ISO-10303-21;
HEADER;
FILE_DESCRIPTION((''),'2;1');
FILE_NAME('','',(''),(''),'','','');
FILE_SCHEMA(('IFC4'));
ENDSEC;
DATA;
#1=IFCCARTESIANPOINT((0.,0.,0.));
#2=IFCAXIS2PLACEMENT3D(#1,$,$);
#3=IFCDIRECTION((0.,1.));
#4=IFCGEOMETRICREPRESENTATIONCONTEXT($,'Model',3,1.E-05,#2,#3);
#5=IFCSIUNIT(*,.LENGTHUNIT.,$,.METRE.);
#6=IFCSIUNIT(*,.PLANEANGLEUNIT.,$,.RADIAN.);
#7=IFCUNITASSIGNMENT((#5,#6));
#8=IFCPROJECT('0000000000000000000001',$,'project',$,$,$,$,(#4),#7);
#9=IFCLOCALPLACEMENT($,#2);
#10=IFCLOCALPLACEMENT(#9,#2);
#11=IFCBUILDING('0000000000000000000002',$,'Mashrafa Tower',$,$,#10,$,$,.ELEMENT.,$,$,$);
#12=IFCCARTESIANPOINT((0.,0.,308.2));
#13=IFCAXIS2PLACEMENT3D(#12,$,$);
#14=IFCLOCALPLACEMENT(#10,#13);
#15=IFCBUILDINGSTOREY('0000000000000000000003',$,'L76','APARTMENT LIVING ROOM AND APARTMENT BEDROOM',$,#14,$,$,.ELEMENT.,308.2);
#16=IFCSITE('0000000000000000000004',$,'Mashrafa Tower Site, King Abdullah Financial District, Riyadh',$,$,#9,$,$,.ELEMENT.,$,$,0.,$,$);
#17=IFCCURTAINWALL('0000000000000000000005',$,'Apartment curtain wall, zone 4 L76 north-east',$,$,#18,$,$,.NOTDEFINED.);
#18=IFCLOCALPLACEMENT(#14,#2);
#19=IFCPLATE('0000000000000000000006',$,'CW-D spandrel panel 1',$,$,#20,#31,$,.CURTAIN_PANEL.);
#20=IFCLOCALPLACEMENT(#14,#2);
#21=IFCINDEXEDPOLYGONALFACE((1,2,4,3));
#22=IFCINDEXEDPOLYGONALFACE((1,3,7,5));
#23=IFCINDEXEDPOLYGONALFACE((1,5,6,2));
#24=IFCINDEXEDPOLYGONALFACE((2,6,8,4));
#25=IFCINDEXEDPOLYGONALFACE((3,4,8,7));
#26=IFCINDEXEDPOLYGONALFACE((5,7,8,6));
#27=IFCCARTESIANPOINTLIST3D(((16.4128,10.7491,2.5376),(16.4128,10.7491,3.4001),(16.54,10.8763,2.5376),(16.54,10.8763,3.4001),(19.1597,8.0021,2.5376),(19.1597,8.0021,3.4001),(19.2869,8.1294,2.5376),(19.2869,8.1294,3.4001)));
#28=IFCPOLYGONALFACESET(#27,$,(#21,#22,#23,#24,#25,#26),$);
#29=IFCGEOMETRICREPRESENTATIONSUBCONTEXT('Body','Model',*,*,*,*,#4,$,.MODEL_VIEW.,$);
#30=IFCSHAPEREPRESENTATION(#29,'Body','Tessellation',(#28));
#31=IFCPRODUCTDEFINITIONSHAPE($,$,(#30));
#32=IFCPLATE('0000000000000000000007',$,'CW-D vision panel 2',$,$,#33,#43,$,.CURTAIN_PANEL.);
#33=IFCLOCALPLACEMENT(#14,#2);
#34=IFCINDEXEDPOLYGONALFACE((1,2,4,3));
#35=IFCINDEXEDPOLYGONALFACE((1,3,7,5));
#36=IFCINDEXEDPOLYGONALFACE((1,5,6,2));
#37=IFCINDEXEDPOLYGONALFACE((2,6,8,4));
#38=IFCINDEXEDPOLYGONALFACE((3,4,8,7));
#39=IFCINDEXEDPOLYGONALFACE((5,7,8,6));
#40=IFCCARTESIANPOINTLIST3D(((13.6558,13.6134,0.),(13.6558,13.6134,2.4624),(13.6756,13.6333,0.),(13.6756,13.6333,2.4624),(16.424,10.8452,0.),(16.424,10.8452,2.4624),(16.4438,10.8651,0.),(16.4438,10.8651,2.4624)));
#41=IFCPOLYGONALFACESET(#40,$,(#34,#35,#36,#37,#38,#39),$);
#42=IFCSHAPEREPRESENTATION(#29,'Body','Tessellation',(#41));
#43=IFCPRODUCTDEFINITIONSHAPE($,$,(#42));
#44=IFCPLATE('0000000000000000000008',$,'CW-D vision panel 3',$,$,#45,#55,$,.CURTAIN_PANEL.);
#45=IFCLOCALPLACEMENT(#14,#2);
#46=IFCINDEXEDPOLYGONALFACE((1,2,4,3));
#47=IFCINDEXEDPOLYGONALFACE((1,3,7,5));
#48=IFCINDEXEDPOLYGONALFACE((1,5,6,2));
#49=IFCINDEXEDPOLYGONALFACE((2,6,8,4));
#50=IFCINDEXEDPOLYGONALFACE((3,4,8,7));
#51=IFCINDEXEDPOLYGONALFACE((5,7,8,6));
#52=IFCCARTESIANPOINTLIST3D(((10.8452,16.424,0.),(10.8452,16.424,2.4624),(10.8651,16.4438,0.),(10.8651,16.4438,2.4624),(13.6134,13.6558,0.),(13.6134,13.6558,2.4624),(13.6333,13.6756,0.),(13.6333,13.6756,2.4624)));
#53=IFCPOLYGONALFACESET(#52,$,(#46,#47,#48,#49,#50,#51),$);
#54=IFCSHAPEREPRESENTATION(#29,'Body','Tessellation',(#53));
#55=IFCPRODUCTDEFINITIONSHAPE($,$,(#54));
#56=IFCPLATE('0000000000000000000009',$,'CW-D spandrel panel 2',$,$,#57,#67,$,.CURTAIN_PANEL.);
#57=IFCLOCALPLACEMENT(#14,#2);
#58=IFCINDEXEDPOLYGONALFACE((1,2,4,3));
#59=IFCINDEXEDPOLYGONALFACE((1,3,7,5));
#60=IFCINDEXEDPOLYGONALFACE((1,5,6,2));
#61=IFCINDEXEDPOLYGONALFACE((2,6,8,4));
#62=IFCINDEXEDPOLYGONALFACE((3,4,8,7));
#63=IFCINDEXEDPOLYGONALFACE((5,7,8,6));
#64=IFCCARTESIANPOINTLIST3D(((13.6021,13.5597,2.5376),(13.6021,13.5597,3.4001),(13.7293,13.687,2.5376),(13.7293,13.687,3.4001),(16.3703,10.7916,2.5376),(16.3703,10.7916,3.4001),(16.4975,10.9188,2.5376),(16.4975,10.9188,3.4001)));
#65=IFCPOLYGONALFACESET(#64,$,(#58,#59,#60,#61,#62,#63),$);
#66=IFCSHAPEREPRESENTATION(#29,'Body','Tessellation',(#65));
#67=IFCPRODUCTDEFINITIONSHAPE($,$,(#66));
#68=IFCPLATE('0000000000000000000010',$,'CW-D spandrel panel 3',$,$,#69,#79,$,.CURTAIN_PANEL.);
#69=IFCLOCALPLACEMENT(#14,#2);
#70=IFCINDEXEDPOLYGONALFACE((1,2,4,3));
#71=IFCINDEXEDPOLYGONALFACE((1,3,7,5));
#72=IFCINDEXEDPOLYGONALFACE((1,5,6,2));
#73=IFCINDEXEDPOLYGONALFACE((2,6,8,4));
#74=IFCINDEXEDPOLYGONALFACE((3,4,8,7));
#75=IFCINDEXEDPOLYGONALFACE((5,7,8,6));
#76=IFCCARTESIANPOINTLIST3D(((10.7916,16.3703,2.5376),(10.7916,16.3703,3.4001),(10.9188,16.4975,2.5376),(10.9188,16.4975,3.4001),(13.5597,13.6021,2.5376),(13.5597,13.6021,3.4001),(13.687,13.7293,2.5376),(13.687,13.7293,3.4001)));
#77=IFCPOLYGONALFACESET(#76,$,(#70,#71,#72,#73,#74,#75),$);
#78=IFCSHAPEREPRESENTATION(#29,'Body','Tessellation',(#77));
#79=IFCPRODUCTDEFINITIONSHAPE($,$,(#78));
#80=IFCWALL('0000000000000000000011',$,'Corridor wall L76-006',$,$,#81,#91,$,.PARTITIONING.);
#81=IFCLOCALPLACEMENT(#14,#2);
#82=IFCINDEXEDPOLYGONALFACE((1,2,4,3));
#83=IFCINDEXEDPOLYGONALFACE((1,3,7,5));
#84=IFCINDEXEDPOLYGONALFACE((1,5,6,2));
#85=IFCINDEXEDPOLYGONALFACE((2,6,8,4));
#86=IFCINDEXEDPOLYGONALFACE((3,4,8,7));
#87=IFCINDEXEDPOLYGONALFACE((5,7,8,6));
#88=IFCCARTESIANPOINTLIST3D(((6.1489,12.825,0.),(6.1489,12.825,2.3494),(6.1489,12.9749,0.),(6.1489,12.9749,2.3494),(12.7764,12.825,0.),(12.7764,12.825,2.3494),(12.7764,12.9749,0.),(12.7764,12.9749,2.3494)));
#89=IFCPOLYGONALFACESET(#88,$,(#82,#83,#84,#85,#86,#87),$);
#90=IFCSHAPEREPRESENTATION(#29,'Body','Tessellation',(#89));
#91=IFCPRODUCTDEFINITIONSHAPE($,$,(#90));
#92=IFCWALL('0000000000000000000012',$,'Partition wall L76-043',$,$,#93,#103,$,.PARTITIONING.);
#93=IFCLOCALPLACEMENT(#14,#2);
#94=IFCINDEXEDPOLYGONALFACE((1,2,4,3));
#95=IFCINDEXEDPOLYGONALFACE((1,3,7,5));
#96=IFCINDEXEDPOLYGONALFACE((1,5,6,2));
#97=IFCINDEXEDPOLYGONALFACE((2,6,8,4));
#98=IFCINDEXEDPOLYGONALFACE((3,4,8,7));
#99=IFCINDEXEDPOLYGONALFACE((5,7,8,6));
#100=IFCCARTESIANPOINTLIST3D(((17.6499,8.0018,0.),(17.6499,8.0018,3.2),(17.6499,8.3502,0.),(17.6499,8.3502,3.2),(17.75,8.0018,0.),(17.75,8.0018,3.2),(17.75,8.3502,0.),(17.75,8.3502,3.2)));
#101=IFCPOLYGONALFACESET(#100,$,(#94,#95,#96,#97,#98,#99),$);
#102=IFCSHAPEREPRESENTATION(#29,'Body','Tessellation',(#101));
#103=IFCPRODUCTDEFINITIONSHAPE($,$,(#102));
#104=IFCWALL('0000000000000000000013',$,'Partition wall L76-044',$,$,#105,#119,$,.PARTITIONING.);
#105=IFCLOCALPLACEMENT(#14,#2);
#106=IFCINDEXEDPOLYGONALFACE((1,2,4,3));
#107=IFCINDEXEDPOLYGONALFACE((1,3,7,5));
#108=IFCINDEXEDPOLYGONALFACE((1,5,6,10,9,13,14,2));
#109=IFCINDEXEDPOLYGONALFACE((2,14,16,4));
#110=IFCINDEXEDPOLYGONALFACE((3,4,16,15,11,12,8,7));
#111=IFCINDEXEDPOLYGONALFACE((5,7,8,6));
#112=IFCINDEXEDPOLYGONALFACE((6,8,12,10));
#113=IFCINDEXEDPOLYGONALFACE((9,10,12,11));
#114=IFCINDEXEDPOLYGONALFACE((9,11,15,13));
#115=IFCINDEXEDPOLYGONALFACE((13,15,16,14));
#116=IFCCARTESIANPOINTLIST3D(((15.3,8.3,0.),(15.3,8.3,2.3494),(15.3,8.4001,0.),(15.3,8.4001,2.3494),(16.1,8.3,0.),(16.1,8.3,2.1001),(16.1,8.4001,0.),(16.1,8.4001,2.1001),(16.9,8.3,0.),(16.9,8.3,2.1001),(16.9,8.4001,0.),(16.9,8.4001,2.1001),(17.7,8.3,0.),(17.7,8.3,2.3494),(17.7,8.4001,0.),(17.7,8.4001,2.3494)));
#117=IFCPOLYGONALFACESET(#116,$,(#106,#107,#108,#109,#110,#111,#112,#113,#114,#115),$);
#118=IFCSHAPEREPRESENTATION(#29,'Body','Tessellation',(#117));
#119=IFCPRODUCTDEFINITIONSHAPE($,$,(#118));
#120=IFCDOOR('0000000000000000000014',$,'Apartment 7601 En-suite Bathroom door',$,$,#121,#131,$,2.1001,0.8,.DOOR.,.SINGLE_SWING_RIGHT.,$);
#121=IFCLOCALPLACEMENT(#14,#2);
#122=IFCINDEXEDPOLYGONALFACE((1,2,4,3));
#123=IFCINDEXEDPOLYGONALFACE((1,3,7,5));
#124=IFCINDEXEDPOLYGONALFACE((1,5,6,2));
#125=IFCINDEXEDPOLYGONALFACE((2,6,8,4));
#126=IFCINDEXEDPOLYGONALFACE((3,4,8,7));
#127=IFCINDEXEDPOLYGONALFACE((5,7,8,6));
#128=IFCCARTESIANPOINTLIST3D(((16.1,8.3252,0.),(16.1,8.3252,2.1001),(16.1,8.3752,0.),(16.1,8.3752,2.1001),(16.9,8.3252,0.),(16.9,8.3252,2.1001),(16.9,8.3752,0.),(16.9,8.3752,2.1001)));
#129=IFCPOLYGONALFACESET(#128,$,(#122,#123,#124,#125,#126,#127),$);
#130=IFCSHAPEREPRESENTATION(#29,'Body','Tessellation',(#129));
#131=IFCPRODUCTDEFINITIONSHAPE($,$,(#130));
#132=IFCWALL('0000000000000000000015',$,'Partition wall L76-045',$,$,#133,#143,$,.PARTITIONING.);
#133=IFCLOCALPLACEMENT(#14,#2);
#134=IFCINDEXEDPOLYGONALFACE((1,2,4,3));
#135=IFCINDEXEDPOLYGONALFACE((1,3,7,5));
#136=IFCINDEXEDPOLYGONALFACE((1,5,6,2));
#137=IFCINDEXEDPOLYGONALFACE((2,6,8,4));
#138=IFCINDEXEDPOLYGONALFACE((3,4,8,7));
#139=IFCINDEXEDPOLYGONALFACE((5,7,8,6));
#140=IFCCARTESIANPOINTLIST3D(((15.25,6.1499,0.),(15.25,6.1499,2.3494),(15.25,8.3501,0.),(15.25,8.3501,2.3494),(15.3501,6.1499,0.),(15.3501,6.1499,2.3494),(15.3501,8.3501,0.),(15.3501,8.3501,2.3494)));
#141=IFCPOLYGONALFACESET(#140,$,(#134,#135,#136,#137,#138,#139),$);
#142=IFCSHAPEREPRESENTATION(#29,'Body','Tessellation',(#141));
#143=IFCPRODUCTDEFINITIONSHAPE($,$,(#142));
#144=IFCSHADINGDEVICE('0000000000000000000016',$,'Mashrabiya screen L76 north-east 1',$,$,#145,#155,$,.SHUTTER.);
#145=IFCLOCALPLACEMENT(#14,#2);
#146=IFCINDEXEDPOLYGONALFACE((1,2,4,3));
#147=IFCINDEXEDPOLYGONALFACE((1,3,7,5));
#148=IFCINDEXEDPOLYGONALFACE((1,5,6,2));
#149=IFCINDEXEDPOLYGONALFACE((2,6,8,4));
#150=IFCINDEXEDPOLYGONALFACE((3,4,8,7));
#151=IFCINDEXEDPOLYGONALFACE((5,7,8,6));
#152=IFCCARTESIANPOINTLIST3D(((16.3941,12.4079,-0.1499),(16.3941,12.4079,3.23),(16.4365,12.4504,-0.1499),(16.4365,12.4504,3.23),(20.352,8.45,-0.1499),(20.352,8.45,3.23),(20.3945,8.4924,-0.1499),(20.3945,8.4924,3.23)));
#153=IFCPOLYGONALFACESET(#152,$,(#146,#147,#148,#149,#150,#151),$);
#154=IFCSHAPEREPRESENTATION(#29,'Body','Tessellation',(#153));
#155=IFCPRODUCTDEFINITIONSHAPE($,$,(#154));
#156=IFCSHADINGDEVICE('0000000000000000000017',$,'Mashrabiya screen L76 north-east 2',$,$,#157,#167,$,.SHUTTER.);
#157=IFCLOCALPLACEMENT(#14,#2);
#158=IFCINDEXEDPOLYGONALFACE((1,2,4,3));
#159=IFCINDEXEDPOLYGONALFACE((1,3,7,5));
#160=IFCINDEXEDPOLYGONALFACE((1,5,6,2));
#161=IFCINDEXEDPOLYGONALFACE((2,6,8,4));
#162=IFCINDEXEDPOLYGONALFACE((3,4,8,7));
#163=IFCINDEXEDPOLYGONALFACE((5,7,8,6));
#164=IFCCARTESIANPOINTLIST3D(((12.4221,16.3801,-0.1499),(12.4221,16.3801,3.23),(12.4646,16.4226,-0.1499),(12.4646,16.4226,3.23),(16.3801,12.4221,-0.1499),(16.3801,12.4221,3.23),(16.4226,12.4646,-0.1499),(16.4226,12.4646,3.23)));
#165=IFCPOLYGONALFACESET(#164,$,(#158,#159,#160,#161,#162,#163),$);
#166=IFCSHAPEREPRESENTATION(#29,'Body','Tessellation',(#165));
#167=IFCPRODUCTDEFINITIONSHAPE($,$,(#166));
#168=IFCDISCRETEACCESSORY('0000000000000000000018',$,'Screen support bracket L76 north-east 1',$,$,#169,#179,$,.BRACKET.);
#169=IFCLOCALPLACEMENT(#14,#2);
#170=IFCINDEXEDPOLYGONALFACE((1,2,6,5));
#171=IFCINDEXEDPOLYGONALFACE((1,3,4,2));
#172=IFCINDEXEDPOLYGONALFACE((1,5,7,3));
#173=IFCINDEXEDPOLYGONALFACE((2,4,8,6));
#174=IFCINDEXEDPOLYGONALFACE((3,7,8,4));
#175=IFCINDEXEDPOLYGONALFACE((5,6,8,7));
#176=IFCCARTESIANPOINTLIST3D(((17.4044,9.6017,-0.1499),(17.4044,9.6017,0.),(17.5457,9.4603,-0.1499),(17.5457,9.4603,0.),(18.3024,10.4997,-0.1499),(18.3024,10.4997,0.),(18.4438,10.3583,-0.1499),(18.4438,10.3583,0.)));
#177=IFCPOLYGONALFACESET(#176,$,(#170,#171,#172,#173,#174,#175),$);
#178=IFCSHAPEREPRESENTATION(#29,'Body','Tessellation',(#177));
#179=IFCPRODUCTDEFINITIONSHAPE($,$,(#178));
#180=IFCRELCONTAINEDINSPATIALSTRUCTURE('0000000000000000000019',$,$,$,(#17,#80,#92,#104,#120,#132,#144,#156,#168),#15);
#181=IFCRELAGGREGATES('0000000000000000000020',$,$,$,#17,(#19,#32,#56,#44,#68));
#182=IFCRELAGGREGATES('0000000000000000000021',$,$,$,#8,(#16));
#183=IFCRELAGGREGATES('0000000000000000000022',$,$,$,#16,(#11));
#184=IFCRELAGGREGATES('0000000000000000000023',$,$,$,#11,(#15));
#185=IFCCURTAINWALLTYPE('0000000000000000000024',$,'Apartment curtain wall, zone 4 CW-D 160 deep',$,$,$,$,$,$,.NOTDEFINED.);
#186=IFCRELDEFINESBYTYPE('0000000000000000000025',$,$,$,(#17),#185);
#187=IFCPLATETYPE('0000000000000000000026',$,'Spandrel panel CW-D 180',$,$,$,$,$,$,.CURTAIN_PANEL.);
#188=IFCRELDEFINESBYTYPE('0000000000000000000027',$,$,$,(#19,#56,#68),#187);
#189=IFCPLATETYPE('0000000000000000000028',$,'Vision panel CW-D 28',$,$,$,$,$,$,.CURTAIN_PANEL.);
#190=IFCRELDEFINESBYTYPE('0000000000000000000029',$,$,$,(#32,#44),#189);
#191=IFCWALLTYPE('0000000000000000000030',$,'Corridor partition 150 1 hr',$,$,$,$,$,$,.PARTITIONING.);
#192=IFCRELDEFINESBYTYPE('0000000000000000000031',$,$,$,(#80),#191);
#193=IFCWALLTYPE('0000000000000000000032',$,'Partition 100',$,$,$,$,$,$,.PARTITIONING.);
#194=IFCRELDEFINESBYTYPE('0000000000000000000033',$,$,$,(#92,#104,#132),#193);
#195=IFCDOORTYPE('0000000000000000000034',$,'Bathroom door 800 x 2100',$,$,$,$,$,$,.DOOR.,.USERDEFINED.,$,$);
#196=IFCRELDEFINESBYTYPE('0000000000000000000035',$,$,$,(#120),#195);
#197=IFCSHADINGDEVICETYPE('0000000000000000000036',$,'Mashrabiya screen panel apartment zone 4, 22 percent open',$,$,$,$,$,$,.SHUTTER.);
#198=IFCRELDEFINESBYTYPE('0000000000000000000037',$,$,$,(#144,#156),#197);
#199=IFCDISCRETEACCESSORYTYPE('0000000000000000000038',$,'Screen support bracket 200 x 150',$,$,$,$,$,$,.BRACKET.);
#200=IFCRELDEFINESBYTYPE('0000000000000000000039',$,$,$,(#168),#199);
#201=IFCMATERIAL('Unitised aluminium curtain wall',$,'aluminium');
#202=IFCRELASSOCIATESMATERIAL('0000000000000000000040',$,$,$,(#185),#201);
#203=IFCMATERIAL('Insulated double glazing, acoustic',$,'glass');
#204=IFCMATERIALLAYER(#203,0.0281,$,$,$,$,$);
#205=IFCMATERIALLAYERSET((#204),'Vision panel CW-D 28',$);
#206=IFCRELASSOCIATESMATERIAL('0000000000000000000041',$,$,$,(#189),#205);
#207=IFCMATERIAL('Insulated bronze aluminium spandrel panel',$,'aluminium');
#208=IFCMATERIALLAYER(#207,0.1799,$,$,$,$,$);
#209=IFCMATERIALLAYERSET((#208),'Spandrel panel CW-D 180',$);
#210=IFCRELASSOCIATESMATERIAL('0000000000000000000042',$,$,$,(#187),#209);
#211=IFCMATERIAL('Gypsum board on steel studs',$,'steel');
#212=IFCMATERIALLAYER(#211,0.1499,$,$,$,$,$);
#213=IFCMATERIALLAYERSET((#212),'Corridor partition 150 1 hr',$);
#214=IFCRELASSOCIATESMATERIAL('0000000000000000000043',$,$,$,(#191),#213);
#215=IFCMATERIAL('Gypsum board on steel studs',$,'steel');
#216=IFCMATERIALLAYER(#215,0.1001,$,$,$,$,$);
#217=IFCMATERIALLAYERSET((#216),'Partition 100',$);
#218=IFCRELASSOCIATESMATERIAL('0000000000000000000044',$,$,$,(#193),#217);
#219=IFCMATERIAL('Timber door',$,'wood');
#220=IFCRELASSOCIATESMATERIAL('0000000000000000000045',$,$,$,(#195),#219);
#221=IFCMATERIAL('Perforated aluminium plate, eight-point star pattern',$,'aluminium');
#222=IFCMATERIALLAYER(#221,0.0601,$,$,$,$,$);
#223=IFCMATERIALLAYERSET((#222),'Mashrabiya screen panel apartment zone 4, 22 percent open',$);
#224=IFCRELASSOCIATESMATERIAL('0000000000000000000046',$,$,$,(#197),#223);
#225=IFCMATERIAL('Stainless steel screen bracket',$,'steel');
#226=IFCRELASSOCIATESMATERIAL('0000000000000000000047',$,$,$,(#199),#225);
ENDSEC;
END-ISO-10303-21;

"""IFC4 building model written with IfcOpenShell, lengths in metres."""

from ifc_helpers import new_model, si_unit, direction, frame, frame_2d, origin, origin_2d, place, context, subcontext, project, spatial, rectangle, extrude, source, transform, mapped, material, layer, layer_set, type_object, type_shapes, element, fill, aggregate, save


model = new_model("IFC4")

# Units and contexts
model_context = context("Model", 3, precision=1e-05, world=origin(), true_north=direction((0.0, 1.0)))
body_context = subcontext(model_context, "Body", "Model", "MODEL_VIEW")
ifc_project = project(units=[si_unit("LENGTHUNIT", "METRE"), si_unit("PLANEANGLEUNIT", "RADIAN")], contexts=[model_context])

# Site, building, storey
site_placement = place(None, origin())
site = spatial("IfcSite", under=ifc_project, at=site_placement, Name="Mashrafa Tower Site, King Abdullah Financial District, Riyadh", CompositionType="ELEMENT", RefElevation=0.0)
building_placement = place(site_placement, origin())
building = spatial("IfcBuilding", under=site, at=building_placement, Name="Mashrafa Tower", CompositionType="ELEMENT")
storey_placement = place(building_placement, frame((0.0, 0.0, 308.2)))
storey = spatial("IfcBuildingStorey", under=building, at=storey_placement, Name="L76", Description="APARTMENT LIVING ROOM AND APARTMENT BEDROOM", CompositionType="ELEMENT", Elevation=308.2)

# Shared definitions
ifc_material_1 = material(Name="Unitised aluminium curtain wall", Category="aluminium")
curtain_wall_type = type_object("IfcCurtainWallType", Name="Apartment curtain wall, zone 4 CW-D 160 deep", PredefinedType="NOTDEFINED", material=ifc_material_1)

# Curtain wall, plates
curtain_wall_1_placement = place(storey_placement, origin())
curtain_wall_1 = element("IfcCurtainWall", 1, at=curtain_wall_1_placement, inside=storey, type_object=curtain_wall_type, Name="Apartment curtain wall, zone 4 L76 north-east", PredefinedType="NOTDEFINED")
ifc_material_2 = material(Name="Insulated double glazing, acoustic", Category="glass")
ifc_layer_1 = layer(ifc_material_2, 0.0281)
ifc_layer_set_1 = layer_set([ifc_layer_1], Name="Vision panel CW-D 28")
plate_type_1 = type_object("IfcPlateType", Name="Vision panel CW-D 28", PredefinedType="CURTAIN_PANEL", material=ifc_layer_set_1)
ifc_material_3 = material(Name="Insulated bronze aluminium spandrel panel", Category="aluminium")
ifc_layer_2 = layer(ifc_material_3, 0.1799)
ifc_layer_set_2 = layer_set([ifc_layer_2], Name="Spandrel panel CW-D 180")
plate_type_2 = type_object("IfcPlateType", Name="Spandrel panel CW-D 180", PredefinedType="CURTAIN_PANEL", material=ifc_layer_set_2)
shared_shape_1 = source(origin(), body_context, "Body", "SweptSolid", [
    extrude(rectangle(XDim=3.8848, YDim=0.1799, at=origin_2d()), origin(), (0.0, 0.0, 1.0), 0.8625),
])
plate_1_placement = place(storey_placement, frame((17.8499, 9.4392, 2.5376), z_axis=(0.0, 0.0, 1.0), x_axis=(-0.707107, 0.707107, 0.0)))
plate_1 = element("IfcPlate", 2, at=plate_1_placement, type_object=plate_type_2, Name="CW-D spandrel panel 1", PredefinedType="CURTAIN_PANEL", context=body_context, shape_type="MappedRepresentation", body=[
    mapped(shared_shape_1, transform((0.0, 0.0, 0.0))),
])
shared_shape_2 = source(origin(), body_context, "Body", "SweptSolid", [
    extrude(rectangle(XDim=3.9148, YDim=0.0281, at=origin_2d()), origin(), (0.0, 0.0, 1.0), 2.4624),
])
plate_2_placement = place(storey_placement, frame((15.0498, 12.2393, 0.0), z_axis=(0.0, 0.0, 1.0), x_axis=(-0.707107, 0.707107, 0.0)))
plate_2 = element("IfcPlate", 3, at=plate_2_placement, type_object=plate_type_1, Name="CW-D vision panel 2", PredefinedType="CURTAIN_PANEL", context=body_context, shape_type="MappedRepresentation", body=[
    mapped(shared_shape_2, transform((0.0, 0.0, 0.0))),
])
plate_3_placement = place(storey_placement, frame((12.2393, 15.0498, 0.0), z_axis=(0.0, 0.0, 1.0), x_axis=(-0.707107, 0.707107, 0.0)))
plate_3 = element("IfcPlate", 4, at=plate_3_placement, type_object=plate_type_1, Name="CW-D vision panel 3", PredefinedType="CURTAIN_PANEL", context=body_context, shape_type="MappedRepresentation", body=[
    mapped(shared_shape_2, transform((0.0, 0.0, 0.0))),
])
shared_shape_3 = source(origin(), body_context, "Body", "SweptSolid", [
    extrude(rectangle(XDim=3.9148, YDim=0.1799, at=origin_2d()), origin(), (0.0, 0.0, 1.0), 0.8625),
])
type_shapes(plate_type_2, [shared_shape_1, shared_shape_3])
plate_4_placement = place(storey_placement, frame((15.0498, 12.2393, 2.5376), z_axis=(0.0, 0.0, 1.0), x_axis=(-0.707107, 0.707107, 0.0)))
plate_4 = element("IfcPlate", 5, at=plate_4_placement, type_object=plate_type_2, Name="CW-D spandrel panel 2", PredefinedType="CURTAIN_PANEL", context=body_context, shape_type="MappedRepresentation", body=[
    mapped(shared_shape_3, transform((0.0, 0.0, 0.0))),
])
plate_5_placement = place(storey_placement, frame((12.2393, 15.0498, 2.5376), z_axis=(0.0, 0.0, 1.0), x_axis=(-0.707107, 0.707107, 0.0)))
plate_5 = element("IfcPlate", 6, at=plate_5_placement, type_object=plate_type_2, Name="CW-D spandrel panel 3", PredefinedType="CURTAIN_PANEL", context=body_context, shape_type="MappedRepresentation", body=[
    mapped(shared_shape_3, transform((0.0, 0.0, 0.0))),
])
aggregate(curtain_wall_1, [plate_1, plate_2, plate_4, plate_3, plate_5])

# Walls
ifc_material_4 = material(Name="Gypsum board on steel studs", Category="steel")
ifc_layer_3 = layer(ifc_material_4, 0.1499)
ifc_layer_set_3 = layer_set([ifc_layer_3], Name="Corridor partition 150 1 hr")
wall_type_1 = type_object("IfcWallType", Name="Corridor partition 150 1 hr", PredefinedType="PARTITIONING", material=ifc_layer_set_3)
wall_1_placement = place(storey_placement, frame((12.7764, 12.8999, 0.0), z_axis=(0.0, 0.0, 1.0), x_axis=(-1.0, 0.0, 0.0)))
element("IfcWall", 7, at=wall_1_placement, inside=storey, type_object=wall_type_1, Name="Corridor wall L76-006", PredefinedType="PARTITIONING", context=body_context, shape_type="SweptSolid", body=[
    extrude(rectangle(XDim=6.6274, YDim=0.1499, at=frame_2d((3.3137, 0.0))), origin(), (0.0, 0.0, 1.0), 2.3494),
])
ifc_material_5 = material(Name="Gypsum board on steel studs", Category="steel")
ifc_layer_4 = layer(ifc_material_5, 0.1001)
ifc_layer_set_4 = layer_set([ifc_layer_4], Name="Partition 100")
wall_type_2 = type_object("IfcWallType", Name="Partition 100", PredefinedType="PARTITIONING", material=ifc_layer_set_4)
wall_2_placement = place(storey_placement, frame((17.7, 8.0017, 0.0), z_axis=(0.0, 0.0, 1.0), x_axis=(0.0, 1.0, 0.0)))
element("IfcWall", 8, at=wall_2_placement, inside=storey, type_object=wall_type_2, Name="Partition wall L76-043", PredefinedType="PARTITIONING", context=body_context, shape_type="SweptSolid", body=[
    extrude(rectangle(XDim=0.3484, YDim=0.1001, at=frame_2d((0.1743, 0.0))), origin(), (0.0, 0.0, 1.0), 3.2),
])

# Wall, opening, door
wall_3_placement = place(storey_placement, frame((17.7, 8.3501, 0.0), z_axis=(0.0, 0.0, 1.0), x_axis=(-1.0, 0.0, 0.0)))
wall_3 = element("IfcWall", 9, at=wall_3_placement, inside=storey, type_object=wall_type_2, Name="Partition wall L76-044", PredefinedType="PARTITIONING", context=body_context, shape_type="SweptSolid", body=[
    extrude(rectangle(XDim=2.3999, YDim=0.1001, at=frame_2d((1.2, 0.0))), origin(), (0.0, 0.0, 1.0), 2.3494),
])
opening_placement = place(wall_3_placement, frame((0.8, 0.0, 0.0)))
opening = element("IfcOpeningElement", 10, at=opening_placement, cuts=wall_3, PredefinedType="OPENING", context=body_context, shape_type="SweptSolid", body=[
    extrude(rectangle(XDim=0.8, YDim=2.1001, at=frame_2d((0.3999, 1.05))), frame((0.0, 0.0601, 0.0), z_axis=(0.0, -1.0, 0.0), x_axis=(1.0, 0.0, 0.0)), (0.0, 0.0, 1.0), 0.1201),
])
ifc_material_6 = material(Name="Timber door", Category="wood")
door_type = type_object("IfcDoorType", Name="Bathroom door 800 x 2100", OperationType="USERDEFINED", PredefinedType="DOOR", material=ifc_material_6)
door_placement = place(opening_placement, origin())
door = element("IfcDoor", 11, at=door_placement, inside=storey, type_object=door_type, Name="Apartment 7601 En-suite Bathroom door", OperationType="SINGLE_SWING_RIGHT", OverallHeight=2.1001, OverallWidth=0.8, PredefinedType="DOOR", context=body_context, shape_type="SweptSolid", body=[
    extrude(rectangle(XDim=0.8, YDim=2.1001, at=frame_2d((0.3999, 1.05))), frame((0.0, 0.0249, 0.0), z_axis=(0.0, -1.0, 0.0), x_axis=(1.0, 0.0, 0.0)), (0.0, 0.0, 1.0), 0.05),
])
fill(opening, door)

# Wall
wall_4_placement = place(storey_placement, frame((15.3, 8.3501, 0.0), z_axis=(0.0, 0.0, 1.0), x_axis=(0.0, -1.0, 0.0)))
element("IfcWall", 12, at=wall_4_placement, inside=storey, type_object=wall_type_2, Name="Partition wall L76-045", PredefinedType="PARTITIONING", context=body_context, shape_type="SweptSolid", body=[
    extrude(rectangle(XDim=2.2002, YDim=0.1001, at=frame_2d((1.1001, 0.0))), origin(), (0.0, 0.0, 1.0), 2.3494),
])

# Shading devices
ifc_material_7 = material(Name="Perforated aluminium plate, eight-point star pattern", Category="aluminium")
ifc_layer_5 = layer(ifc_material_7, 0.0601)
ifc_layer_set_5 = layer_set([ifc_layer_5], Name="Mashrabiya screen panel apartment zone 4, 22 percent open")
shading_device_type = type_object("IfcShadingDeviceType", Name="Mashrabiya screen panel apartment zone 4, 22 percent open", PredefinedType="SHUTTER", material=ifc_layer_set_5)
shared_shape_4 = source(origin(), body_context, "Body", "SweptSolid", [
    extrude(rectangle(XDim=5.5974, YDim=0.0601, at=origin_2d()), origin(), (0.0, 0.0, 1.0), 3.3799),
])
type_shapes(shading_device_type, [shared_shape_4])
for number, where, z_axis, x_axis, name in (
    (13, (18.3943, 10.4502, -0.1499), (0.0, 0.0, 1.0), (-0.707107, 0.707107, 0.0), "Mashrabiya screen L76 north-east 1"),
    (14, (14.4224, 14.4224, -0.1499), (0.0, 0.0, 1.0), (-0.707107, 0.707107, 0.0), "Mashrabiya screen L76 north-east 2"),
):
    element("IfcShadingDevice", number, at=place(storey_placement, frame(where, z_axis=z_axis, x_axis=x_axis)), inside=storey, type_object=shading_device_type, Name=name, PredefinedType="SHUTTER", context=body_context, shape_type="MappedRepresentation", body=[
        mapped(shared_shape_4, transform((0.0, 0.0, 0.0))),
    ])

# Discrete accessory
ifc_material_8 = material(Name="Stainless steel screen bracket", Category="steel")
discrete_accessory_type = type_object("IfcDiscreteAccessoryType", Name="Screen support bracket 200 x 150", PredefinedType="BRACKET", material=ifc_material_8)
shared_shape_5 = source(origin(), body_context, "Body", "SweptSolid", [
    extrude(rectangle(XDim=0.2, YDim=1.27, at=origin_2d()), origin(), (0.0, 0.0, 1.0), 0.1499),
])
type_shapes(discrete_accessory_type, [shared_shape_5])
for number, where, z_axis, x_axis, name in (
    (15, (17.9241, 9.98, -0.1499), (0.0, 0.0, 1.0), (-0.707107, 0.707107, 0.0), "Screen support bracket L76 north-east 1"),
):
    element("IfcDiscreteAccessory", number, at=place(storey_placement, frame(where, z_axis=z_axis, x_axis=x_axis)), inside=storey, type_object=discrete_accessory_type, Name=name, PredefinedType="BRACKET", context=body_context, shape_type="MappedRepresentation", body=[
        mapped(shared_shape_5, transform((0.0, 0.0, 0.0))),
    ])

save(model, "model.ifc")
